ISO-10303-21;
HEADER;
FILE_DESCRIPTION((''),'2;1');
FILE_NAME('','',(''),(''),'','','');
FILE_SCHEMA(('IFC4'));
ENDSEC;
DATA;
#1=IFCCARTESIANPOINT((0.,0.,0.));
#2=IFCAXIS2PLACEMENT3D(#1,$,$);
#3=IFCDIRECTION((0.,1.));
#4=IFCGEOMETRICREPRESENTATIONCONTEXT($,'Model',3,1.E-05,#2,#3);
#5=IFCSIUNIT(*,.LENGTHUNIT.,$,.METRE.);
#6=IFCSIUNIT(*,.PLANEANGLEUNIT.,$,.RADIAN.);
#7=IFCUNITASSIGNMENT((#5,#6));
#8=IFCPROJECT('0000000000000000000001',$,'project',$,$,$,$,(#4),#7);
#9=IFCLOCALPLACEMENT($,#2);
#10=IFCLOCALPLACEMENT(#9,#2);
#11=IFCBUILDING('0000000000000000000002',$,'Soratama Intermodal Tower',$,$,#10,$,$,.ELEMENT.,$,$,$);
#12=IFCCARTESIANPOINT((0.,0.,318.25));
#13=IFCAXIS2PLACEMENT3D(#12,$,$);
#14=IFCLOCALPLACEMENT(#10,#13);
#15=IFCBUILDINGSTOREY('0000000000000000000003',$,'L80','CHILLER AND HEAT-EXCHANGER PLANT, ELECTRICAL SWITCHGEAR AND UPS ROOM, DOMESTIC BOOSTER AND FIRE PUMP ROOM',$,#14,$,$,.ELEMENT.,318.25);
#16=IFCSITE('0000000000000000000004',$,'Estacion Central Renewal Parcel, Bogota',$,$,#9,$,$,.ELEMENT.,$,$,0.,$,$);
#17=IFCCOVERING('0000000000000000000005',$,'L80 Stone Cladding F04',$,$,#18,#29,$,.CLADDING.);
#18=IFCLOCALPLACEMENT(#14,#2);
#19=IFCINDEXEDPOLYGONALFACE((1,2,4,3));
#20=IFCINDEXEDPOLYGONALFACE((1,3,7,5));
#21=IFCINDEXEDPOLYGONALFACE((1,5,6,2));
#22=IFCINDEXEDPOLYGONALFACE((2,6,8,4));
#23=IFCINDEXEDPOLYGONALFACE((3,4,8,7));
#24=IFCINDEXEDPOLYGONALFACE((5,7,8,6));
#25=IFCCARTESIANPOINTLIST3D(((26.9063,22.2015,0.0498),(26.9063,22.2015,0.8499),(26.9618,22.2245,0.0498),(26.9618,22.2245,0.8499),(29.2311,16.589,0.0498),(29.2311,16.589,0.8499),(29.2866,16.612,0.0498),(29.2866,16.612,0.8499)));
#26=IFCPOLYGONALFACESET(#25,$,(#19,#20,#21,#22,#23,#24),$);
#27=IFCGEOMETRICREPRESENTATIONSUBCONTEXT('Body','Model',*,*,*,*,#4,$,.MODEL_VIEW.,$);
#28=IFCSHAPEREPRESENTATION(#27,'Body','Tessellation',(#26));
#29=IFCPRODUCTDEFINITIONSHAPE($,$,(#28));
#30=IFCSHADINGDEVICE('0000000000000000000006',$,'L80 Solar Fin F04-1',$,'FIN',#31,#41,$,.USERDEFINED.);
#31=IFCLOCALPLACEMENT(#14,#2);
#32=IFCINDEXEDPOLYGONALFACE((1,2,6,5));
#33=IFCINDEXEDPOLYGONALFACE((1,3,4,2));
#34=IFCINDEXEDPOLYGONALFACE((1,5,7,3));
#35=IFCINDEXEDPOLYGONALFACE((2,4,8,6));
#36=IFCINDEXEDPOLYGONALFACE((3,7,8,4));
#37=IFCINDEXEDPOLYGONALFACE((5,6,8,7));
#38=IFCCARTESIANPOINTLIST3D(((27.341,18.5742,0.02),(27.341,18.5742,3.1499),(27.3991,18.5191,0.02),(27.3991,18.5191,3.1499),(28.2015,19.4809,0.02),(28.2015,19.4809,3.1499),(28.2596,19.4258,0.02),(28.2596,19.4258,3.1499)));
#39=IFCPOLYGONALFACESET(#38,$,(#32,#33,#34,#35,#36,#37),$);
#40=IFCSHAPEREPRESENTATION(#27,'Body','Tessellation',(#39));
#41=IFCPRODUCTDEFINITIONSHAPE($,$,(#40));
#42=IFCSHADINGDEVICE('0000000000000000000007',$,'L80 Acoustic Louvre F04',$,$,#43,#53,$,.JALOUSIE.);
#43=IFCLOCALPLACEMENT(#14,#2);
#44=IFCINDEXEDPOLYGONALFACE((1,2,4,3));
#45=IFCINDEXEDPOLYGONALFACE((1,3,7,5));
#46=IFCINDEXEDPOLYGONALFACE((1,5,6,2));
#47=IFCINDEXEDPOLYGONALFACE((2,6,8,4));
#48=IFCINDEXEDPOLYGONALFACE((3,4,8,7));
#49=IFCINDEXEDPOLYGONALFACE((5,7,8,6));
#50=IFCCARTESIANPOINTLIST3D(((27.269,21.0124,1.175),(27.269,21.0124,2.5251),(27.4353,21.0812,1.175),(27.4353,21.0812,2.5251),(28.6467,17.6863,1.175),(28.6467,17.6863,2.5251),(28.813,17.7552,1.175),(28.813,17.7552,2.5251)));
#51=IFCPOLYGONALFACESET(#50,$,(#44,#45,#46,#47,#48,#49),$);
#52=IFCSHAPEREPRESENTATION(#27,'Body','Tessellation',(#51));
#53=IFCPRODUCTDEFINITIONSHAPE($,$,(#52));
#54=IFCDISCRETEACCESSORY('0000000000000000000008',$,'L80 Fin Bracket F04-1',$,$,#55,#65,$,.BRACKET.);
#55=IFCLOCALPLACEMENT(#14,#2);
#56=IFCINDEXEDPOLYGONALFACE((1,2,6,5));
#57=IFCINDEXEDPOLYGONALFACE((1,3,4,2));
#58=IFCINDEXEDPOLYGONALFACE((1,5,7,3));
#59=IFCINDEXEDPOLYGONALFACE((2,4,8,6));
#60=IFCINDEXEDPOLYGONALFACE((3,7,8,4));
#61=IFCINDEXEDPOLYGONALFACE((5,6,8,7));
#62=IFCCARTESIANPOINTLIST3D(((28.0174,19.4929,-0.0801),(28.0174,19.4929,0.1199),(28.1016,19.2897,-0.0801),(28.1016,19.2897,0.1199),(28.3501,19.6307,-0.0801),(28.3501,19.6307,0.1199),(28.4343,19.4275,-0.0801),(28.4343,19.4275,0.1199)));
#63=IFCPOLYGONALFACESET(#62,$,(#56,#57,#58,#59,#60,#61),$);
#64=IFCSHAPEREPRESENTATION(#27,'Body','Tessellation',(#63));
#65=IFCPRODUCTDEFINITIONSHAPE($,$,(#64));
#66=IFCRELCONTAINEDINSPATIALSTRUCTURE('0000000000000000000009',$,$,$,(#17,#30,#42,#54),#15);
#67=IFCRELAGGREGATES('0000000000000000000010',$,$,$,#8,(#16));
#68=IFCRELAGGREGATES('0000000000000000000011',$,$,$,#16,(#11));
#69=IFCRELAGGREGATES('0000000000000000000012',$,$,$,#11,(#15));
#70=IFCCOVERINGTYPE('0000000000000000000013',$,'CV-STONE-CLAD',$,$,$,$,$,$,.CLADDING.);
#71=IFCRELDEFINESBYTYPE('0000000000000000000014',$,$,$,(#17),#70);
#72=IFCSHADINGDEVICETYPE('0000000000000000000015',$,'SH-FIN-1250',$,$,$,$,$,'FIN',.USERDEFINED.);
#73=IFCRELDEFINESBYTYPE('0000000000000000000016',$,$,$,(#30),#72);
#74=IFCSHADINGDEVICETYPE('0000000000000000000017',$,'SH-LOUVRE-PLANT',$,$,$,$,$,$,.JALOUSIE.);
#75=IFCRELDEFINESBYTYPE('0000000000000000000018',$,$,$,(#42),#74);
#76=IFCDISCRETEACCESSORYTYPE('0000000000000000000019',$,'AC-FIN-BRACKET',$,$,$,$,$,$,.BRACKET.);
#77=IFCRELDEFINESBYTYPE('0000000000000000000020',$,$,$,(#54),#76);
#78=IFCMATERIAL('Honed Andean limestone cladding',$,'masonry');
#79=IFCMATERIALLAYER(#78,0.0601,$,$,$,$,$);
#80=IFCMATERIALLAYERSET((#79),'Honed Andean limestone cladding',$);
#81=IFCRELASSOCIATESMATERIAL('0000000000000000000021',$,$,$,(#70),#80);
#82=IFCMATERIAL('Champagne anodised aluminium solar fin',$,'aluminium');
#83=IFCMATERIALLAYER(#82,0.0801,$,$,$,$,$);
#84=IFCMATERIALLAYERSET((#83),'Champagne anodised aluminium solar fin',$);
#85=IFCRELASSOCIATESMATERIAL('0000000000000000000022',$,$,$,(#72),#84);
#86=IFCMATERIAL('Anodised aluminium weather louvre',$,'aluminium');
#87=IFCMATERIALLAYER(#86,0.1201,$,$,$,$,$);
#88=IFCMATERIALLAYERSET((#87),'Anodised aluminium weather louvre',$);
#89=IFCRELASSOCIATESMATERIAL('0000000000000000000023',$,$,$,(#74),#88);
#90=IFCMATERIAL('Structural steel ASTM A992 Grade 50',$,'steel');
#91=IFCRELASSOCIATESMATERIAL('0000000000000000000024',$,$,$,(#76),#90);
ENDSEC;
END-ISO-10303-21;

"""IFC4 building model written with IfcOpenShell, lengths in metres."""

from ifc_helpers import new_model, si_unit, direction, frame, origin, origin_2d, place, context, subcontext, project, spatial, rectangle, extrude, material, layer, layer_set, type_object, element, save


model = new_model("IFC4")

# Units and contexts
model_context = context("Model", 3, precision=1e-05, world=origin(), true_north=direction((0.0, 1.0)))
body_context = subcontext(model_context, "Body", "Model", "MODEL_VIEW")
ifc_project = project(units=[si_unit("LENGTHUNIT", "METRE"), si_unit("PLANEANGLEUNIT", "RADIAN")], contexts=[model_context])

# Site, building, storey
site_placement = place(None, origin())
site = spatial("IfcSite", under=ifc_project, at=site_placement, Name="Estacion Central Renewal Parcel, Bogota", CompositionType="ELEMENT", RefElevation=0.0)
building_placement = place(site_placement, origin())
building = spatial("IfcBuilding", under=site, at=building_placement, Name="Soratama Intermodal Tower", CompositionType="ELEMENT")
storey_placement = place(building_placement, frame((0.0, 0.0, 318.25)))
storey = spatial("IfcBuildingStorey", under=building, at=storey_placement, Name="L80", Description="CHILLER AND HEAT-EXCHANGER PLANT, ELECTRICAL SWITCHGEAR AND UPS ROOM, DOMESTIC BOOSTER AND FIRE PUMP ROOM", CompositionType="ELEMENT", Elevation=318.25)

# Covering
ifc_material_1 = material(Name="Honed Andean limestone cladding", Category="masonry")
ifc_layer_1 = layer(ifc_material_1, 0.0601)
ifc_layer_set_1 = layer_set([ifc_layer_1], Name="Honed Andean limestone cladding")
covering_type = type_object("IfcCoveringType", Name="CV-STONE-CLAD", PredefinedType="CLADDING", material=ifc_layer_set_1)
covering_placement = place(storey_placement, frame((28.0964, 19.4067, 0.0498), z_axis=(0.0, 0.0, 1.0), x_axis=(0.382683, -0.92388, 0.0)))
element("IfcCovering", 1, at=covering_placement, inside=storey, type_object=covering_type, Name="L80 Stone Cladding F04", PredefinedType="CLADDING", context=body_context, shape_type="SweptSolid", body=[
    extrude(rectangle(XDim=6.075, YDim=0.0601, at=origin_2d()), origin(), (0.0, 0.0, 1.0), 0.8),
])

# Shading devices
ifc_material_2 = material(Name="Champagne anodised aluminium solar fin", Category="aluminium")
ifc_layer_2 = layer(ifc_material_2, 0.0801)
ifc_layer_set_2 = layer_set([ifc_layer_2], Name="Champagne anodised aluminium solar fin")
shading_device_type_1 = type_object("IfcShadingDeviceType", Name="SH-FIN-1250", ElementType="FIN", PredefinedType="USERDEFINED", material=ifc_layer_set_2)
shading_device_1_placement = place(storey_placement, frame((27.8003, 19.0, 0.02), z_axis=(0.0, 0.0, 1.0), x_axis=(-0.688355, -0.725374, 0.0)))
element("IfcShadingDevice", 2, at=shading_device_1_placement, inside=storey, type_object=shading_device_type_1, Name="L80 Solar Fin F04-1", ObjectType="FIN", PredefinedType="USERDEFINED", context=body_context, shape_type="SweptSolid", body=[
    extrude(rectangle(XDim=1.25, YDim=0.0801, at=origin_2d()), origin(), (0.0, 0.0, 1.0), 3.1299),
])
ifc_material_3 = material(Name="Anodised aluminium weather louvre", Category="aluminium")
ifc_layer_3 = layer(ifc_material_3, 0.1201)
ifc_layer_set_3 = layer_set([ifc_layer_3], Name="Anodised aluminium weather louvre")
shading_device_type_2 = type_object("IfcShadingDeviceType", Name="SH-LOUVRE-PLANT", PredefinedType="JALOUSIE", material=ifc_layer_set_3)
shading_device_2_placement = place(storey_placement, frame((28.041, 19.3838, 1.175), z_axis=(0.0, 0.0, 1.0), x_axis=(0.382683, -0.92388, 0.0)))
element("IfcShadingDevice", 3, at=shading_device_2_placement, inside=storey, type_object=shading_device_type_2, Name="L80 Acoustic Louvre F04", PredefinedType="JALOUSIE", context=body_context, shape_type="SweptSolid", body=[
    extrude(rectangle(XDim=3.6001, YDim=0.1799, at=origin_2d()), origin(), (0.0, 0.0, 1.0), 1.3501),
])

# Discrete accessory
ifc_material_4 = material(Name="Structural steel ASTM A992 Grade 50", Category="steel")
discrete_accessory_type = type_object("IfcDiscreteAccessoryType", Name="AC-FIN-BRACKET", PredefinedType="BRACKET", material=ifc_material_4)
discrete_accessory_placement = place(storey_placement, frame((28.2258, 19.4602, -0.0801), z_axis=(0.0, 0.0, 1.0), x_axis=(-0.92388, -0.382683, 0.0)))
element("IfcDiscreteAccessory", 4, at=discrete_accessory_placement, inside=storey, type_object=discrete_accessory_type, Name="L80 Fin Bracket F04-1", PredefinedType="BRACKET", context=body_context, shape_type="SweptSolid", body=[
    extrude(rectangle(XDim=0.3601, YDim=0.22, at=origin_2d()), origin(), (0.0, 0.0, 1.0), 0.2),
])

save(model, "model.ifc")
